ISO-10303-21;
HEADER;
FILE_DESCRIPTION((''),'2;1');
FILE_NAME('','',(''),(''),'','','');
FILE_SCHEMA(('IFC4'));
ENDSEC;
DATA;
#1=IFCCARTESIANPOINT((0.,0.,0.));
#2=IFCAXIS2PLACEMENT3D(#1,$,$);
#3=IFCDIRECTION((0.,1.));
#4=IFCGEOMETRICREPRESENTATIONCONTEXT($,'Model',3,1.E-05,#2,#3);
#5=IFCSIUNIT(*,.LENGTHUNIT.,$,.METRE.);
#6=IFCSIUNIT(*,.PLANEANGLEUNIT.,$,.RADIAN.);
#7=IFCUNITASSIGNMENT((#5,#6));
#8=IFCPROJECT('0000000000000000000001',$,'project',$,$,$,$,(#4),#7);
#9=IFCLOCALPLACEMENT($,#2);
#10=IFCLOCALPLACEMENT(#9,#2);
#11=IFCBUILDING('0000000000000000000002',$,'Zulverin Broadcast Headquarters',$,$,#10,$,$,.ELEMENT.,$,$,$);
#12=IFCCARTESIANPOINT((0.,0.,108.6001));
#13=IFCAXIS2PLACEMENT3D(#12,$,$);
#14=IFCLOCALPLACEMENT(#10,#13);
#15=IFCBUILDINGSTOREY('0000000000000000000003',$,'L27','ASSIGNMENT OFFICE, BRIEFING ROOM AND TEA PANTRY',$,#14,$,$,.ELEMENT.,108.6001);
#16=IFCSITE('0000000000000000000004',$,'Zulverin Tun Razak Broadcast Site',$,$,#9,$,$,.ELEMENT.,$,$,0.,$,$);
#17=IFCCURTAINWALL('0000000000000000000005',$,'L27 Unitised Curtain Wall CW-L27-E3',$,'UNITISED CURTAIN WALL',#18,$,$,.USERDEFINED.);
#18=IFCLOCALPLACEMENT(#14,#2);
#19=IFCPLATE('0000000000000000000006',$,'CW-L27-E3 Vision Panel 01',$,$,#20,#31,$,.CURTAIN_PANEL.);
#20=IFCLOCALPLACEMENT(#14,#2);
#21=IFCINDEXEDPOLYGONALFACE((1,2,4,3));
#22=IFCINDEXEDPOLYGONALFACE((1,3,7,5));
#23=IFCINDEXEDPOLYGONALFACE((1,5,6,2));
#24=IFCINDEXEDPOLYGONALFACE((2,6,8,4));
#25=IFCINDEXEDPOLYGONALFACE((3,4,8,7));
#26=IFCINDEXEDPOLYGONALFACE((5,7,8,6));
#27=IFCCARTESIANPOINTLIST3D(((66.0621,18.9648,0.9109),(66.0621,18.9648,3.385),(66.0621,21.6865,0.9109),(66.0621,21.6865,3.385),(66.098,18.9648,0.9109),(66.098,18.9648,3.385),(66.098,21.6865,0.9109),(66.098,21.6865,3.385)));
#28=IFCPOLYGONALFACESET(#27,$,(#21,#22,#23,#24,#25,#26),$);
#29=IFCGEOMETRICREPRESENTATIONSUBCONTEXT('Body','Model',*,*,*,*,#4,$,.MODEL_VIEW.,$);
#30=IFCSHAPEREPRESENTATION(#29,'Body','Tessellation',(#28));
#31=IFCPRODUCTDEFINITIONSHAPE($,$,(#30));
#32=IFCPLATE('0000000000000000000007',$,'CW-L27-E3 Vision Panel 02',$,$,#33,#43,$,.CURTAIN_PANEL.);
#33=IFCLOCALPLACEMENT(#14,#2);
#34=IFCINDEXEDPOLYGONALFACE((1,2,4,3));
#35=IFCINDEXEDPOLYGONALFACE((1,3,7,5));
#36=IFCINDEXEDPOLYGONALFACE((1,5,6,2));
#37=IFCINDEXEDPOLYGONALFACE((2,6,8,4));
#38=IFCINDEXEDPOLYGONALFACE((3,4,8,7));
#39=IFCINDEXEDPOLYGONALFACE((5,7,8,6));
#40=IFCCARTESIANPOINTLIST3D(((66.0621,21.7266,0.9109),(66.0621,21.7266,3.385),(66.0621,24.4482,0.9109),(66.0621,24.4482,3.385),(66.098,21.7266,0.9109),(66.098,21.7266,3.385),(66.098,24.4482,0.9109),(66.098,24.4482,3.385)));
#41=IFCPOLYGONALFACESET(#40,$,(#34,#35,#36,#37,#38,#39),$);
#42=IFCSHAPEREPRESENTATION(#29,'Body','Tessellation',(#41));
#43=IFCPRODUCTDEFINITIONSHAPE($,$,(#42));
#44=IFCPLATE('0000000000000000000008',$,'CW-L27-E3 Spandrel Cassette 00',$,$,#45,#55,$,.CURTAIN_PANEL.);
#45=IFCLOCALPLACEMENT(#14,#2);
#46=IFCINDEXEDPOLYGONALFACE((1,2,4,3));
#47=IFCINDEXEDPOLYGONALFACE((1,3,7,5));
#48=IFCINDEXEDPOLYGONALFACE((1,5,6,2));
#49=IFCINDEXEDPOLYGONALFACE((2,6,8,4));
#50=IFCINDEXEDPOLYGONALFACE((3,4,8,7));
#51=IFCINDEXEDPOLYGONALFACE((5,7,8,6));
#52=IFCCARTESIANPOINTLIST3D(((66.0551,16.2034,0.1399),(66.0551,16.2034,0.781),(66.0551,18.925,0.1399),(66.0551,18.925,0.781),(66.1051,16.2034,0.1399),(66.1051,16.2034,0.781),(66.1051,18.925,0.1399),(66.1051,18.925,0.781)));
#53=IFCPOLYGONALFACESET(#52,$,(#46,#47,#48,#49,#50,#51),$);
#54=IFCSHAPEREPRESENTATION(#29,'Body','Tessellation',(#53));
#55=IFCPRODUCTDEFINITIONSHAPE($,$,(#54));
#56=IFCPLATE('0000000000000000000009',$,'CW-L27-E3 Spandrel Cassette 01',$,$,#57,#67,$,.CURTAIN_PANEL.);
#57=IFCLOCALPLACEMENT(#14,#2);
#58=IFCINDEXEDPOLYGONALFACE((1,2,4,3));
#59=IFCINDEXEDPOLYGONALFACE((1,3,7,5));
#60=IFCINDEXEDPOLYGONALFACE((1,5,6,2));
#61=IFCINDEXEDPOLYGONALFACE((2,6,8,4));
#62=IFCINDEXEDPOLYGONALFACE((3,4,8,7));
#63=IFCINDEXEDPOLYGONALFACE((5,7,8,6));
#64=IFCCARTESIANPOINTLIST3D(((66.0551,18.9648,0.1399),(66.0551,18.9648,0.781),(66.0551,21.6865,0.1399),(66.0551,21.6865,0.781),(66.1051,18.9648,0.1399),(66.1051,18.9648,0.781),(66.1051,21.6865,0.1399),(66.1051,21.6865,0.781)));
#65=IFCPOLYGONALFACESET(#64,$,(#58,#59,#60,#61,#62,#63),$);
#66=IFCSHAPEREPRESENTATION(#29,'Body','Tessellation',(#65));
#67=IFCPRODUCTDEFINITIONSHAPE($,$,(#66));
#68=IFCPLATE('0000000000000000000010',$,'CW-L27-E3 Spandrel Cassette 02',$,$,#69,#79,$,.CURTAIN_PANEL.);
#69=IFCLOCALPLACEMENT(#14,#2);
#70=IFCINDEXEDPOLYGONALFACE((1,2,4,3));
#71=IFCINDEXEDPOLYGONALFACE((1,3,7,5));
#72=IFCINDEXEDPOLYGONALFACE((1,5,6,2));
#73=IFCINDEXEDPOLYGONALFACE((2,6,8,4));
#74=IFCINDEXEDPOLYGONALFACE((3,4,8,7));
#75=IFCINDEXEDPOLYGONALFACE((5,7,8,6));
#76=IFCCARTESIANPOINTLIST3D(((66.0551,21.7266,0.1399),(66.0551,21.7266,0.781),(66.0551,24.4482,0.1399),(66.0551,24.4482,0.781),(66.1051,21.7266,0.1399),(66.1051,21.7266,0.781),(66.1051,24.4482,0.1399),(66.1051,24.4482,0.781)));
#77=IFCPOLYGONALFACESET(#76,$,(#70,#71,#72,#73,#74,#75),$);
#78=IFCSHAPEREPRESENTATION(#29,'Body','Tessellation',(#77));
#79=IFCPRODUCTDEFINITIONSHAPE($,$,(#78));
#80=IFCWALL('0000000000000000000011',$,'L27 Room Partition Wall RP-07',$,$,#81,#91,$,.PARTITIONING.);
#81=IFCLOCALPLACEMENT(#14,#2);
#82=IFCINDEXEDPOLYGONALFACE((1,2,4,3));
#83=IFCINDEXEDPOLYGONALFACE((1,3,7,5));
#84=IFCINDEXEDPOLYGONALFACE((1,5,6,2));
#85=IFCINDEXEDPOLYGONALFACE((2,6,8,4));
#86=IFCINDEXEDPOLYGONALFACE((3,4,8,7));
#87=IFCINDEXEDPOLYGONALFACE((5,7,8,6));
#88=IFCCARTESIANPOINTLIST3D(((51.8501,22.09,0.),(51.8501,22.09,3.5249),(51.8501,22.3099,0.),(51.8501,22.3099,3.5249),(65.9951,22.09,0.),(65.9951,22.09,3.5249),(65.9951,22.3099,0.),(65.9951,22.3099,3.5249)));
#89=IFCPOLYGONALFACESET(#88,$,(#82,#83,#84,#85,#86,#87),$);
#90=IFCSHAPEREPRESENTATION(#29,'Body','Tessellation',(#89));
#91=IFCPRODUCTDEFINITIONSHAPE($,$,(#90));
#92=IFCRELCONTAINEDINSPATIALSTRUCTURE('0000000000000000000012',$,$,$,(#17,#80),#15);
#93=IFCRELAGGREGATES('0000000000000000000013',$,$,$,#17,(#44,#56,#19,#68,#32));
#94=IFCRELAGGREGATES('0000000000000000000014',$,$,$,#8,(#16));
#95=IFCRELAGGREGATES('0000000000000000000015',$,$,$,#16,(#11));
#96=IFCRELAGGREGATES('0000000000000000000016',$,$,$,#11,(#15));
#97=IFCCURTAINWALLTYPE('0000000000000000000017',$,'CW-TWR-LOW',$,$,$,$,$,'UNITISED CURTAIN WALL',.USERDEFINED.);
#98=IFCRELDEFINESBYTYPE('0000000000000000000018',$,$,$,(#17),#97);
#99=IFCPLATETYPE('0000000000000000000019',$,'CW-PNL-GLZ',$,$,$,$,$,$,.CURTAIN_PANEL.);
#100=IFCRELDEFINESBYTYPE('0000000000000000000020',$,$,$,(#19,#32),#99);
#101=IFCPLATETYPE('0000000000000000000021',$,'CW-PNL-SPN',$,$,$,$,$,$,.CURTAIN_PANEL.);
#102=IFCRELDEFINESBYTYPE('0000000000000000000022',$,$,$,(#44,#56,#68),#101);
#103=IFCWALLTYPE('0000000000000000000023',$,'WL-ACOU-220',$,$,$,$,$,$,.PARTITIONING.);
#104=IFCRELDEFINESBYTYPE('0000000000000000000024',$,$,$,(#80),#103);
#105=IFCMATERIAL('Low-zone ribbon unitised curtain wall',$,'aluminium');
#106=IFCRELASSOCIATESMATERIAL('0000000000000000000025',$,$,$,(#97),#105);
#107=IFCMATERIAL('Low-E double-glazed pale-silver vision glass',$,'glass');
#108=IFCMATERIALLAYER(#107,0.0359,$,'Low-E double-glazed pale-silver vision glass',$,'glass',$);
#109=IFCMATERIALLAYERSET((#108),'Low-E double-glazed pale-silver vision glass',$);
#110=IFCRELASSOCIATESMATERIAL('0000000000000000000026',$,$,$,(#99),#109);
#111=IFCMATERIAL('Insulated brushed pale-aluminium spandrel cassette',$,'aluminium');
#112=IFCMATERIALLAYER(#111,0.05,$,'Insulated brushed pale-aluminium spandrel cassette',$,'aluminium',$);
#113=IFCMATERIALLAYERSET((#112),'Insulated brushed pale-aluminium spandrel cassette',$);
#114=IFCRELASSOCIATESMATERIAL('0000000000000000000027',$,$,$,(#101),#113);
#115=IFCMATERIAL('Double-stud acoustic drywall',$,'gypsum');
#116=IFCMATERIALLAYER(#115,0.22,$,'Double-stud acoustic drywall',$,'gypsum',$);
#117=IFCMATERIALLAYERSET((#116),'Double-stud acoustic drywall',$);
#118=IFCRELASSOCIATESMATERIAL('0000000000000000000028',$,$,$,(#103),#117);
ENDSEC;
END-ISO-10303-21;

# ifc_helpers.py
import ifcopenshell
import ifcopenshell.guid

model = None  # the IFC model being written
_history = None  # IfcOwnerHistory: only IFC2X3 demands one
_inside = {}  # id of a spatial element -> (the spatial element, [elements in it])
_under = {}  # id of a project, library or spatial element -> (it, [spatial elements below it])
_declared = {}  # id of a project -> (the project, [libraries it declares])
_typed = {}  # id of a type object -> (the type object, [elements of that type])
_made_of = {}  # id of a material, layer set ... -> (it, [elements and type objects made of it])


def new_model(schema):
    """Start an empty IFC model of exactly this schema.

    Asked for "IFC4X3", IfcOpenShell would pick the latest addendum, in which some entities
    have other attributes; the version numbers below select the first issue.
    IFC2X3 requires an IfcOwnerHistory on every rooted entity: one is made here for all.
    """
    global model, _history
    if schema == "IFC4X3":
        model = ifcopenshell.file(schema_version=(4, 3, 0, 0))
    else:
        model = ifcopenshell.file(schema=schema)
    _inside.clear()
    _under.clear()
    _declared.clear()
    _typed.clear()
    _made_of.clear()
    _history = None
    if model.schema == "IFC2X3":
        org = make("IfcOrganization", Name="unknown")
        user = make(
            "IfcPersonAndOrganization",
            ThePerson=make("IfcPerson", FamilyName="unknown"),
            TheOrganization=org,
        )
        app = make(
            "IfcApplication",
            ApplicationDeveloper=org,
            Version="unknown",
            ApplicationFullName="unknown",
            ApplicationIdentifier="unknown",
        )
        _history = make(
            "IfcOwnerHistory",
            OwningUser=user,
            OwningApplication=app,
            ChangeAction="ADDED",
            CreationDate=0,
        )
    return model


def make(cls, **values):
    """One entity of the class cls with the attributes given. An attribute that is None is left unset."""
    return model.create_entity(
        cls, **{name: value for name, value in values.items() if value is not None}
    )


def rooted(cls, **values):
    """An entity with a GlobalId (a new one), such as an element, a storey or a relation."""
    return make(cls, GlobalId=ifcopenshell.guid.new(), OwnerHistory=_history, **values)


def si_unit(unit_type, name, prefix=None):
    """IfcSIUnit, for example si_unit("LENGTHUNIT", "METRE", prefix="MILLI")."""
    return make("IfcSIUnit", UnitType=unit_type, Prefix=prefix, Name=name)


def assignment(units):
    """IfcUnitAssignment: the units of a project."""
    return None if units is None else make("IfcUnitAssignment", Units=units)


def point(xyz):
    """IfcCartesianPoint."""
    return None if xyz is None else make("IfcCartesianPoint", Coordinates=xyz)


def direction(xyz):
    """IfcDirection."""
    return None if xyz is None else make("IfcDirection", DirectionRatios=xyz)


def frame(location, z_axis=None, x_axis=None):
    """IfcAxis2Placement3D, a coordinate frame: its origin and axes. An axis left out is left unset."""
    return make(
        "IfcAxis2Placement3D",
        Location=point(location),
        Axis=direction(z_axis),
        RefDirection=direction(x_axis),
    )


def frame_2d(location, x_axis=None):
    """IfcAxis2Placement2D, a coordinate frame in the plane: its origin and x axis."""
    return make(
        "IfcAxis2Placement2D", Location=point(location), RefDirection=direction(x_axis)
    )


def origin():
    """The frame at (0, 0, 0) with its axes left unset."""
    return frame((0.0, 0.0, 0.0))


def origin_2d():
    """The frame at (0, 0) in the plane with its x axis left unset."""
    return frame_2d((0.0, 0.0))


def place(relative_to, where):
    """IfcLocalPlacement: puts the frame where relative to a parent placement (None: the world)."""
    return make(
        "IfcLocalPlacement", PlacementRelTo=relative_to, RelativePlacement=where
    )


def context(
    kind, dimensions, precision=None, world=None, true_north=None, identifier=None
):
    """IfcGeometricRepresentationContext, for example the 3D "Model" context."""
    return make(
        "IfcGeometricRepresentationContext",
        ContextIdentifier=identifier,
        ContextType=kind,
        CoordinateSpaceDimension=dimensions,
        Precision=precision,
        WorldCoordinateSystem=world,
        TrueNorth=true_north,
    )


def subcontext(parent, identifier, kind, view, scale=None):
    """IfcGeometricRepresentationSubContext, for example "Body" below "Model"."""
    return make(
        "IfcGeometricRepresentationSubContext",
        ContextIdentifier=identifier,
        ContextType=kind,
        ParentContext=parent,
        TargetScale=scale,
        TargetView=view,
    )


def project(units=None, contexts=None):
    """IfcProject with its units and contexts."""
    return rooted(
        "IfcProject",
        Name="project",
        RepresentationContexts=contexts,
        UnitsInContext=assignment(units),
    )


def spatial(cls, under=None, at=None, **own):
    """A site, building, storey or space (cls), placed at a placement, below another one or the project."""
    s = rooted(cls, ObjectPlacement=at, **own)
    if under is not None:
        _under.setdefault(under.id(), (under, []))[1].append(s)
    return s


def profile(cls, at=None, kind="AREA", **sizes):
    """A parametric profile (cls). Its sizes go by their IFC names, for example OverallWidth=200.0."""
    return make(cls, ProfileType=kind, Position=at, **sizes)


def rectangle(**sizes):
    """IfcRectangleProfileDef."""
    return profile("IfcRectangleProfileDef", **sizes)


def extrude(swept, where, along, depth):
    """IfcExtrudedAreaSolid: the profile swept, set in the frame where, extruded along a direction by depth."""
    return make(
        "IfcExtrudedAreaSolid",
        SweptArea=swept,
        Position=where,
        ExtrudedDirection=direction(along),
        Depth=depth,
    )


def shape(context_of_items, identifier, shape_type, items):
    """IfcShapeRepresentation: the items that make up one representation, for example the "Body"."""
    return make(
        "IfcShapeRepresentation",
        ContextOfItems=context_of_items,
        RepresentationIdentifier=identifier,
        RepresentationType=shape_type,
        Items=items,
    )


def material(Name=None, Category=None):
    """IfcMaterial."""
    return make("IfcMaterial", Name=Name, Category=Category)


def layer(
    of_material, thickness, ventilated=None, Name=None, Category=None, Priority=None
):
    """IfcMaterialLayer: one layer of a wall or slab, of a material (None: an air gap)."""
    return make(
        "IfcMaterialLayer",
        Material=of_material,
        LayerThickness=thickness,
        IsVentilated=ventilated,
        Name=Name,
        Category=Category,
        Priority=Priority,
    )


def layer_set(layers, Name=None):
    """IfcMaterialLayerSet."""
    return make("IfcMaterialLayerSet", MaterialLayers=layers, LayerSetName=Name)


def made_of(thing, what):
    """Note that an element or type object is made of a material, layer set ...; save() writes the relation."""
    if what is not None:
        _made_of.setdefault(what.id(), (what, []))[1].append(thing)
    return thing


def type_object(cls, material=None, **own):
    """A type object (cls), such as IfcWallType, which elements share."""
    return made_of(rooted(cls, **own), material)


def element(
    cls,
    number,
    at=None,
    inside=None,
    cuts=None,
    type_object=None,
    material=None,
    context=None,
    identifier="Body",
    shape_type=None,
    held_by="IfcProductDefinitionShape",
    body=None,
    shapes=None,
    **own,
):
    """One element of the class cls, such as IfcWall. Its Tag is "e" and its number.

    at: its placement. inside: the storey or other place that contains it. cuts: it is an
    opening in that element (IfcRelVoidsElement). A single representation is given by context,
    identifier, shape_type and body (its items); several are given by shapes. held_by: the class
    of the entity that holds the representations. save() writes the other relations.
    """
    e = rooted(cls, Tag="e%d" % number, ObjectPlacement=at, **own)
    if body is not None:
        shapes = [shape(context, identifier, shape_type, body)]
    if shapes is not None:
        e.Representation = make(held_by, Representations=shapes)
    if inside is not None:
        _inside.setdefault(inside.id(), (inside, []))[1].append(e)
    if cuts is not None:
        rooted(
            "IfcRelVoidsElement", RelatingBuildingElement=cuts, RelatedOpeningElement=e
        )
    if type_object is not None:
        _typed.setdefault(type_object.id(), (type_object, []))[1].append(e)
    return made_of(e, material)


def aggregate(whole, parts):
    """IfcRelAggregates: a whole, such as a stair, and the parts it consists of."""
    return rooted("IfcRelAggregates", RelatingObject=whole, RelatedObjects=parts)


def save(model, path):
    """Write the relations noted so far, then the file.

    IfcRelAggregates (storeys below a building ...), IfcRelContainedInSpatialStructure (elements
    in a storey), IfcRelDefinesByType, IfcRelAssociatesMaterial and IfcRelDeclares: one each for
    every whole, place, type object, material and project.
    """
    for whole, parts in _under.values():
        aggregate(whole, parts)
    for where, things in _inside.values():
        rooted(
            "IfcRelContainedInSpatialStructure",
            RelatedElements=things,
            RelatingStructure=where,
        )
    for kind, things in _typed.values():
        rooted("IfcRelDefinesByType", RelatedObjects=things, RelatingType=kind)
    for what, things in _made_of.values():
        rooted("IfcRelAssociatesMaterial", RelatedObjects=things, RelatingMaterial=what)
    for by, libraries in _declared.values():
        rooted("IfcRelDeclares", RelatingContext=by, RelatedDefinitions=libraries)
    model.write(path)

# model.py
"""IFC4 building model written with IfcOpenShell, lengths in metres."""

from ifc_helpers import new_model, si_unit, direction, frame, frame_2d, origin, origin_2d, place, context, subcontext, project, spatial, rectangle, extrude, material, layer, layer_set, type_object, element, aggregate, save


model = new_model("IFC4")

# Units and contexts
model_context = context("Model", 3, precision=1e-05, world=origin(), true_north=direction((0.0, 1.0)))
body_context = subcontext(model_context, "Body", "Model", "MODEL_VIEW")
ifc_project = project(units=[si_unit("LENGTHUNIT", "METRE"), si_unit("PLANEANGLEUNIT", "RADIAN")], contexts=[model_context])

# Site, building, storey
site_placement = place(None, origin())
site = spatial("IfcSite", under=ifc_project, at=site_placement, Name="Zulverin Tun Razak Broadcast Site", CompositionType="ELEMENT", RefElevation=0.0)
building_placement = place(site_placement, origin())
building = spatial("IfcBuilding", under=site, at=building_placement, Name="Zulverin Broadcast Headquarters", CompositionType="ELEMENT")
storey_placement = place(building_placement, frame((0.0, 0.0, 108.6001)))
storey = spatial("IfcBuildingStorey", under=building, at=storey_placement, Name="L27", Description="ASSIGNMENT OFFICE, BRIEFING ROOM AND TEA PANTRY", CompositionType="ELEMENT", Elevation=108.6001)

# Curtain wall, plates
ifc_material_1 = material(Name="Low-zone ribbon unitised curtain wall", Category="aluminium")
curtain_wall_type = type_object("IfcCurtainWallType", Name="CW-TWR-LOW", ElementType="UNITISED CURTAIN WALL", PredefinedType="USERDEFINED", material=ifc_material_1)
curtain_wall_placement = place(storey_placement, origin())
curtain_wall = element("IfcCurtainWall", 1, at=curtain_wall_placement, inside=storey, type_object=curtain_wall_type, Name="L27 Unitised Curtain Wall CW-L27-E3", ObjectType="UNITISED CURTAIN WALL", PredefinedType="USERDEFINED")
ifc_material_2 = material(Name="Low-E double-glazed pale-silver vision glass", Category="glass")
ifc_layer_1 = layer(ifc_material_2, 0.0359, Name="Low-E double-glazed pale-silver vision glass", Category="glass")
ifc_layer_set_1 = layer_set([ifc_layer_1], Name="Low-E double-glazed pale-silver vision glass")
plate_type_1 = type_object("IfcPlateType", Name="CW-PNL-GLZ", PredefinedType="CURTAIN_PANEL", material=ifc_layer_set_1)
plate_1_placement = place(storey_placement, frame((66.0801, 20.3257, 0.9109), z_axis=(0.0, 0.0, 1.0), x_axis=(0.0, 1.0, 0.0)))
plate_1 = element("IfcPlate", 2, at=plate_1_placement, type_object=plate_type_1, Name="CW-L27-E3 Vision Panel 01", PredefinedType="CURTAIN_PANEL", context=body_context, shape_type="SweptSolid", body=[
    extrude(rectangle(XDim=2.7217, YDim=0.0359, at=origin_2d()), origin(), (0.0, 0.0, 1.0), 2.4741),
])
plate_2_placement = place(storey_placement, frame((66.0801, 23.0874, 0.9109), z_axis=(0.0, 0.0, 1.0), x_axis=(0.0, 1.0, 0.0)))
plate_2 = element("IfcPlate", 3, at=plate_2_placement, type_object=plate_type_1, Name="CW-L27-E3 Vision Panel 02", PredefinedType="CURTAIN_PANEL", context=body_context, shape_type="SweptSolid", body=[
    extrude(rectangle(XDim=2.7217, YDim=0.0359, at=origin_2d()), origin(), (0.0, 0.0, 1.0), 2.4741),
])
ifc_material_3 = material(Name="Insulated brushed pale-aluminium spandrel cassette", Category="aluminium")
ifc_layer_2 = layer(ifc_material_3, 0.05, Name="Insulated brushed pale-aluminium spandrel cassette", Category="aluminium")
ifc_layer_set_2 = layer_set([ifc_layer_2], Name="Insulated brushed pale-aluminium spandrel cassette")
plate_type_2 = type_object("IfcPlateType", Name="CW-PNL-SPN", PredefinedType="CURTAIN_PANEL", material=ifc_layer_set_2)
plate_3_placement = place(storey_placement, frame((66.0801, 17.5642, 0.1399), z_axis=(0.0, 0.0, 1.0), x_axis=(0.0, 1.0, 0.0)))
plate_3 = element("IfcPlate", 4, at=plate_3_placement, type_object=plate_type_2, Name="CW-L27-E3 Spandrel Cassette 00", PredefinedType="CURTAIN_PANEL", context=body_context, shape_type="SweptSolid", body=[
    extrude(rectangle(XDim=2.7217, YDim=0.05, at=origin_2d()), origin(), (0.0, 0.0, 1.0), 0.6411),
])
plate_4_placement = place(storey_placement, frame((66.0801, 20.3257, 0.1399), z_axis=(0.0, 0.0, 1.0), x_axis=(0.0, 1.0, 0.0)))
plate_4 = element("IfcPlate", 5, at=plate_4_placement, type_object=plate_type_2, Name="CW-L27-E3 Spandrel Cassette 01", PredefinedType="CURTAIN_PANEL", context=body_context, shape_type="SweptSolid", body=[
    extrude(rectangle(XDim=2.7217, YDim=0.05, at=origin_2d()), origin(), (0.0, 0.0, 1.0), 0.6411),
])
plate_5_placement = place(storey_placement, frame((66.0801, 23.0874, 0.1399), z_axis=(0.0, 0.0, 1.0), x_axis=(0.0, 1.0, 0.0)))
plate_5 = element("IfcPlate", 6, at=plate_5_placement, type_object=plate_type_2, Name="CW-L27-E3 Spandrel Cassette 02", PredefinedType="CURTAIN_PANEL", context=body_context, shape_type="SweptSolid", body=[
    extrude(rectangle(XDim=2.7217, YDim=0.05, at=origin_2d()), origin(), (0.0, 0.0, 1.0), 0.6411),
])
aggregate(curtain_wall, [plate_3, plate_4, plate_1, plate_5, plate_2])

# Wall
ifc_material_4 = material(Name="Double-stud acoustic drywall", Category="gypsum")
ifc_layer_3 = layer(ifc_material_4, 0.22, Name="Double-stud acoustic drywall", Category="gypsum")
ifc_layer_set_3 = layer_set([ifc_layer_3], Name="Double-stud acoustic drywall")
wall_type_1 = type_object("IfcWallType", Name="WL-ACOU-220", PredefinedType="PARTITIONING", material=ifc_layer_set_3)
wall_1_placement = place(storey_placement, frame((51.8501, 22.2, 0.0), z_axis=(0.0, 0.0, 1.0), x_axis=(1.0, 0.0, 0.0)))
element("IfcWall", 7, at=wall_1_placement, inside=storey, type_object=wall_type_1, Name="L27 Room Partition Wall RP-07", PredefinedType="PARTITIONING", context=body_context, shape_type="SweptSolid", body=[
    extrude(rectangle(XDim=14.145, YDim=0.22, at=frame_2d((7.0725, 0.0))), origin(), (0.0, 0.0, 1.0), 3.5249),
])

save(model, "model.ifc")
